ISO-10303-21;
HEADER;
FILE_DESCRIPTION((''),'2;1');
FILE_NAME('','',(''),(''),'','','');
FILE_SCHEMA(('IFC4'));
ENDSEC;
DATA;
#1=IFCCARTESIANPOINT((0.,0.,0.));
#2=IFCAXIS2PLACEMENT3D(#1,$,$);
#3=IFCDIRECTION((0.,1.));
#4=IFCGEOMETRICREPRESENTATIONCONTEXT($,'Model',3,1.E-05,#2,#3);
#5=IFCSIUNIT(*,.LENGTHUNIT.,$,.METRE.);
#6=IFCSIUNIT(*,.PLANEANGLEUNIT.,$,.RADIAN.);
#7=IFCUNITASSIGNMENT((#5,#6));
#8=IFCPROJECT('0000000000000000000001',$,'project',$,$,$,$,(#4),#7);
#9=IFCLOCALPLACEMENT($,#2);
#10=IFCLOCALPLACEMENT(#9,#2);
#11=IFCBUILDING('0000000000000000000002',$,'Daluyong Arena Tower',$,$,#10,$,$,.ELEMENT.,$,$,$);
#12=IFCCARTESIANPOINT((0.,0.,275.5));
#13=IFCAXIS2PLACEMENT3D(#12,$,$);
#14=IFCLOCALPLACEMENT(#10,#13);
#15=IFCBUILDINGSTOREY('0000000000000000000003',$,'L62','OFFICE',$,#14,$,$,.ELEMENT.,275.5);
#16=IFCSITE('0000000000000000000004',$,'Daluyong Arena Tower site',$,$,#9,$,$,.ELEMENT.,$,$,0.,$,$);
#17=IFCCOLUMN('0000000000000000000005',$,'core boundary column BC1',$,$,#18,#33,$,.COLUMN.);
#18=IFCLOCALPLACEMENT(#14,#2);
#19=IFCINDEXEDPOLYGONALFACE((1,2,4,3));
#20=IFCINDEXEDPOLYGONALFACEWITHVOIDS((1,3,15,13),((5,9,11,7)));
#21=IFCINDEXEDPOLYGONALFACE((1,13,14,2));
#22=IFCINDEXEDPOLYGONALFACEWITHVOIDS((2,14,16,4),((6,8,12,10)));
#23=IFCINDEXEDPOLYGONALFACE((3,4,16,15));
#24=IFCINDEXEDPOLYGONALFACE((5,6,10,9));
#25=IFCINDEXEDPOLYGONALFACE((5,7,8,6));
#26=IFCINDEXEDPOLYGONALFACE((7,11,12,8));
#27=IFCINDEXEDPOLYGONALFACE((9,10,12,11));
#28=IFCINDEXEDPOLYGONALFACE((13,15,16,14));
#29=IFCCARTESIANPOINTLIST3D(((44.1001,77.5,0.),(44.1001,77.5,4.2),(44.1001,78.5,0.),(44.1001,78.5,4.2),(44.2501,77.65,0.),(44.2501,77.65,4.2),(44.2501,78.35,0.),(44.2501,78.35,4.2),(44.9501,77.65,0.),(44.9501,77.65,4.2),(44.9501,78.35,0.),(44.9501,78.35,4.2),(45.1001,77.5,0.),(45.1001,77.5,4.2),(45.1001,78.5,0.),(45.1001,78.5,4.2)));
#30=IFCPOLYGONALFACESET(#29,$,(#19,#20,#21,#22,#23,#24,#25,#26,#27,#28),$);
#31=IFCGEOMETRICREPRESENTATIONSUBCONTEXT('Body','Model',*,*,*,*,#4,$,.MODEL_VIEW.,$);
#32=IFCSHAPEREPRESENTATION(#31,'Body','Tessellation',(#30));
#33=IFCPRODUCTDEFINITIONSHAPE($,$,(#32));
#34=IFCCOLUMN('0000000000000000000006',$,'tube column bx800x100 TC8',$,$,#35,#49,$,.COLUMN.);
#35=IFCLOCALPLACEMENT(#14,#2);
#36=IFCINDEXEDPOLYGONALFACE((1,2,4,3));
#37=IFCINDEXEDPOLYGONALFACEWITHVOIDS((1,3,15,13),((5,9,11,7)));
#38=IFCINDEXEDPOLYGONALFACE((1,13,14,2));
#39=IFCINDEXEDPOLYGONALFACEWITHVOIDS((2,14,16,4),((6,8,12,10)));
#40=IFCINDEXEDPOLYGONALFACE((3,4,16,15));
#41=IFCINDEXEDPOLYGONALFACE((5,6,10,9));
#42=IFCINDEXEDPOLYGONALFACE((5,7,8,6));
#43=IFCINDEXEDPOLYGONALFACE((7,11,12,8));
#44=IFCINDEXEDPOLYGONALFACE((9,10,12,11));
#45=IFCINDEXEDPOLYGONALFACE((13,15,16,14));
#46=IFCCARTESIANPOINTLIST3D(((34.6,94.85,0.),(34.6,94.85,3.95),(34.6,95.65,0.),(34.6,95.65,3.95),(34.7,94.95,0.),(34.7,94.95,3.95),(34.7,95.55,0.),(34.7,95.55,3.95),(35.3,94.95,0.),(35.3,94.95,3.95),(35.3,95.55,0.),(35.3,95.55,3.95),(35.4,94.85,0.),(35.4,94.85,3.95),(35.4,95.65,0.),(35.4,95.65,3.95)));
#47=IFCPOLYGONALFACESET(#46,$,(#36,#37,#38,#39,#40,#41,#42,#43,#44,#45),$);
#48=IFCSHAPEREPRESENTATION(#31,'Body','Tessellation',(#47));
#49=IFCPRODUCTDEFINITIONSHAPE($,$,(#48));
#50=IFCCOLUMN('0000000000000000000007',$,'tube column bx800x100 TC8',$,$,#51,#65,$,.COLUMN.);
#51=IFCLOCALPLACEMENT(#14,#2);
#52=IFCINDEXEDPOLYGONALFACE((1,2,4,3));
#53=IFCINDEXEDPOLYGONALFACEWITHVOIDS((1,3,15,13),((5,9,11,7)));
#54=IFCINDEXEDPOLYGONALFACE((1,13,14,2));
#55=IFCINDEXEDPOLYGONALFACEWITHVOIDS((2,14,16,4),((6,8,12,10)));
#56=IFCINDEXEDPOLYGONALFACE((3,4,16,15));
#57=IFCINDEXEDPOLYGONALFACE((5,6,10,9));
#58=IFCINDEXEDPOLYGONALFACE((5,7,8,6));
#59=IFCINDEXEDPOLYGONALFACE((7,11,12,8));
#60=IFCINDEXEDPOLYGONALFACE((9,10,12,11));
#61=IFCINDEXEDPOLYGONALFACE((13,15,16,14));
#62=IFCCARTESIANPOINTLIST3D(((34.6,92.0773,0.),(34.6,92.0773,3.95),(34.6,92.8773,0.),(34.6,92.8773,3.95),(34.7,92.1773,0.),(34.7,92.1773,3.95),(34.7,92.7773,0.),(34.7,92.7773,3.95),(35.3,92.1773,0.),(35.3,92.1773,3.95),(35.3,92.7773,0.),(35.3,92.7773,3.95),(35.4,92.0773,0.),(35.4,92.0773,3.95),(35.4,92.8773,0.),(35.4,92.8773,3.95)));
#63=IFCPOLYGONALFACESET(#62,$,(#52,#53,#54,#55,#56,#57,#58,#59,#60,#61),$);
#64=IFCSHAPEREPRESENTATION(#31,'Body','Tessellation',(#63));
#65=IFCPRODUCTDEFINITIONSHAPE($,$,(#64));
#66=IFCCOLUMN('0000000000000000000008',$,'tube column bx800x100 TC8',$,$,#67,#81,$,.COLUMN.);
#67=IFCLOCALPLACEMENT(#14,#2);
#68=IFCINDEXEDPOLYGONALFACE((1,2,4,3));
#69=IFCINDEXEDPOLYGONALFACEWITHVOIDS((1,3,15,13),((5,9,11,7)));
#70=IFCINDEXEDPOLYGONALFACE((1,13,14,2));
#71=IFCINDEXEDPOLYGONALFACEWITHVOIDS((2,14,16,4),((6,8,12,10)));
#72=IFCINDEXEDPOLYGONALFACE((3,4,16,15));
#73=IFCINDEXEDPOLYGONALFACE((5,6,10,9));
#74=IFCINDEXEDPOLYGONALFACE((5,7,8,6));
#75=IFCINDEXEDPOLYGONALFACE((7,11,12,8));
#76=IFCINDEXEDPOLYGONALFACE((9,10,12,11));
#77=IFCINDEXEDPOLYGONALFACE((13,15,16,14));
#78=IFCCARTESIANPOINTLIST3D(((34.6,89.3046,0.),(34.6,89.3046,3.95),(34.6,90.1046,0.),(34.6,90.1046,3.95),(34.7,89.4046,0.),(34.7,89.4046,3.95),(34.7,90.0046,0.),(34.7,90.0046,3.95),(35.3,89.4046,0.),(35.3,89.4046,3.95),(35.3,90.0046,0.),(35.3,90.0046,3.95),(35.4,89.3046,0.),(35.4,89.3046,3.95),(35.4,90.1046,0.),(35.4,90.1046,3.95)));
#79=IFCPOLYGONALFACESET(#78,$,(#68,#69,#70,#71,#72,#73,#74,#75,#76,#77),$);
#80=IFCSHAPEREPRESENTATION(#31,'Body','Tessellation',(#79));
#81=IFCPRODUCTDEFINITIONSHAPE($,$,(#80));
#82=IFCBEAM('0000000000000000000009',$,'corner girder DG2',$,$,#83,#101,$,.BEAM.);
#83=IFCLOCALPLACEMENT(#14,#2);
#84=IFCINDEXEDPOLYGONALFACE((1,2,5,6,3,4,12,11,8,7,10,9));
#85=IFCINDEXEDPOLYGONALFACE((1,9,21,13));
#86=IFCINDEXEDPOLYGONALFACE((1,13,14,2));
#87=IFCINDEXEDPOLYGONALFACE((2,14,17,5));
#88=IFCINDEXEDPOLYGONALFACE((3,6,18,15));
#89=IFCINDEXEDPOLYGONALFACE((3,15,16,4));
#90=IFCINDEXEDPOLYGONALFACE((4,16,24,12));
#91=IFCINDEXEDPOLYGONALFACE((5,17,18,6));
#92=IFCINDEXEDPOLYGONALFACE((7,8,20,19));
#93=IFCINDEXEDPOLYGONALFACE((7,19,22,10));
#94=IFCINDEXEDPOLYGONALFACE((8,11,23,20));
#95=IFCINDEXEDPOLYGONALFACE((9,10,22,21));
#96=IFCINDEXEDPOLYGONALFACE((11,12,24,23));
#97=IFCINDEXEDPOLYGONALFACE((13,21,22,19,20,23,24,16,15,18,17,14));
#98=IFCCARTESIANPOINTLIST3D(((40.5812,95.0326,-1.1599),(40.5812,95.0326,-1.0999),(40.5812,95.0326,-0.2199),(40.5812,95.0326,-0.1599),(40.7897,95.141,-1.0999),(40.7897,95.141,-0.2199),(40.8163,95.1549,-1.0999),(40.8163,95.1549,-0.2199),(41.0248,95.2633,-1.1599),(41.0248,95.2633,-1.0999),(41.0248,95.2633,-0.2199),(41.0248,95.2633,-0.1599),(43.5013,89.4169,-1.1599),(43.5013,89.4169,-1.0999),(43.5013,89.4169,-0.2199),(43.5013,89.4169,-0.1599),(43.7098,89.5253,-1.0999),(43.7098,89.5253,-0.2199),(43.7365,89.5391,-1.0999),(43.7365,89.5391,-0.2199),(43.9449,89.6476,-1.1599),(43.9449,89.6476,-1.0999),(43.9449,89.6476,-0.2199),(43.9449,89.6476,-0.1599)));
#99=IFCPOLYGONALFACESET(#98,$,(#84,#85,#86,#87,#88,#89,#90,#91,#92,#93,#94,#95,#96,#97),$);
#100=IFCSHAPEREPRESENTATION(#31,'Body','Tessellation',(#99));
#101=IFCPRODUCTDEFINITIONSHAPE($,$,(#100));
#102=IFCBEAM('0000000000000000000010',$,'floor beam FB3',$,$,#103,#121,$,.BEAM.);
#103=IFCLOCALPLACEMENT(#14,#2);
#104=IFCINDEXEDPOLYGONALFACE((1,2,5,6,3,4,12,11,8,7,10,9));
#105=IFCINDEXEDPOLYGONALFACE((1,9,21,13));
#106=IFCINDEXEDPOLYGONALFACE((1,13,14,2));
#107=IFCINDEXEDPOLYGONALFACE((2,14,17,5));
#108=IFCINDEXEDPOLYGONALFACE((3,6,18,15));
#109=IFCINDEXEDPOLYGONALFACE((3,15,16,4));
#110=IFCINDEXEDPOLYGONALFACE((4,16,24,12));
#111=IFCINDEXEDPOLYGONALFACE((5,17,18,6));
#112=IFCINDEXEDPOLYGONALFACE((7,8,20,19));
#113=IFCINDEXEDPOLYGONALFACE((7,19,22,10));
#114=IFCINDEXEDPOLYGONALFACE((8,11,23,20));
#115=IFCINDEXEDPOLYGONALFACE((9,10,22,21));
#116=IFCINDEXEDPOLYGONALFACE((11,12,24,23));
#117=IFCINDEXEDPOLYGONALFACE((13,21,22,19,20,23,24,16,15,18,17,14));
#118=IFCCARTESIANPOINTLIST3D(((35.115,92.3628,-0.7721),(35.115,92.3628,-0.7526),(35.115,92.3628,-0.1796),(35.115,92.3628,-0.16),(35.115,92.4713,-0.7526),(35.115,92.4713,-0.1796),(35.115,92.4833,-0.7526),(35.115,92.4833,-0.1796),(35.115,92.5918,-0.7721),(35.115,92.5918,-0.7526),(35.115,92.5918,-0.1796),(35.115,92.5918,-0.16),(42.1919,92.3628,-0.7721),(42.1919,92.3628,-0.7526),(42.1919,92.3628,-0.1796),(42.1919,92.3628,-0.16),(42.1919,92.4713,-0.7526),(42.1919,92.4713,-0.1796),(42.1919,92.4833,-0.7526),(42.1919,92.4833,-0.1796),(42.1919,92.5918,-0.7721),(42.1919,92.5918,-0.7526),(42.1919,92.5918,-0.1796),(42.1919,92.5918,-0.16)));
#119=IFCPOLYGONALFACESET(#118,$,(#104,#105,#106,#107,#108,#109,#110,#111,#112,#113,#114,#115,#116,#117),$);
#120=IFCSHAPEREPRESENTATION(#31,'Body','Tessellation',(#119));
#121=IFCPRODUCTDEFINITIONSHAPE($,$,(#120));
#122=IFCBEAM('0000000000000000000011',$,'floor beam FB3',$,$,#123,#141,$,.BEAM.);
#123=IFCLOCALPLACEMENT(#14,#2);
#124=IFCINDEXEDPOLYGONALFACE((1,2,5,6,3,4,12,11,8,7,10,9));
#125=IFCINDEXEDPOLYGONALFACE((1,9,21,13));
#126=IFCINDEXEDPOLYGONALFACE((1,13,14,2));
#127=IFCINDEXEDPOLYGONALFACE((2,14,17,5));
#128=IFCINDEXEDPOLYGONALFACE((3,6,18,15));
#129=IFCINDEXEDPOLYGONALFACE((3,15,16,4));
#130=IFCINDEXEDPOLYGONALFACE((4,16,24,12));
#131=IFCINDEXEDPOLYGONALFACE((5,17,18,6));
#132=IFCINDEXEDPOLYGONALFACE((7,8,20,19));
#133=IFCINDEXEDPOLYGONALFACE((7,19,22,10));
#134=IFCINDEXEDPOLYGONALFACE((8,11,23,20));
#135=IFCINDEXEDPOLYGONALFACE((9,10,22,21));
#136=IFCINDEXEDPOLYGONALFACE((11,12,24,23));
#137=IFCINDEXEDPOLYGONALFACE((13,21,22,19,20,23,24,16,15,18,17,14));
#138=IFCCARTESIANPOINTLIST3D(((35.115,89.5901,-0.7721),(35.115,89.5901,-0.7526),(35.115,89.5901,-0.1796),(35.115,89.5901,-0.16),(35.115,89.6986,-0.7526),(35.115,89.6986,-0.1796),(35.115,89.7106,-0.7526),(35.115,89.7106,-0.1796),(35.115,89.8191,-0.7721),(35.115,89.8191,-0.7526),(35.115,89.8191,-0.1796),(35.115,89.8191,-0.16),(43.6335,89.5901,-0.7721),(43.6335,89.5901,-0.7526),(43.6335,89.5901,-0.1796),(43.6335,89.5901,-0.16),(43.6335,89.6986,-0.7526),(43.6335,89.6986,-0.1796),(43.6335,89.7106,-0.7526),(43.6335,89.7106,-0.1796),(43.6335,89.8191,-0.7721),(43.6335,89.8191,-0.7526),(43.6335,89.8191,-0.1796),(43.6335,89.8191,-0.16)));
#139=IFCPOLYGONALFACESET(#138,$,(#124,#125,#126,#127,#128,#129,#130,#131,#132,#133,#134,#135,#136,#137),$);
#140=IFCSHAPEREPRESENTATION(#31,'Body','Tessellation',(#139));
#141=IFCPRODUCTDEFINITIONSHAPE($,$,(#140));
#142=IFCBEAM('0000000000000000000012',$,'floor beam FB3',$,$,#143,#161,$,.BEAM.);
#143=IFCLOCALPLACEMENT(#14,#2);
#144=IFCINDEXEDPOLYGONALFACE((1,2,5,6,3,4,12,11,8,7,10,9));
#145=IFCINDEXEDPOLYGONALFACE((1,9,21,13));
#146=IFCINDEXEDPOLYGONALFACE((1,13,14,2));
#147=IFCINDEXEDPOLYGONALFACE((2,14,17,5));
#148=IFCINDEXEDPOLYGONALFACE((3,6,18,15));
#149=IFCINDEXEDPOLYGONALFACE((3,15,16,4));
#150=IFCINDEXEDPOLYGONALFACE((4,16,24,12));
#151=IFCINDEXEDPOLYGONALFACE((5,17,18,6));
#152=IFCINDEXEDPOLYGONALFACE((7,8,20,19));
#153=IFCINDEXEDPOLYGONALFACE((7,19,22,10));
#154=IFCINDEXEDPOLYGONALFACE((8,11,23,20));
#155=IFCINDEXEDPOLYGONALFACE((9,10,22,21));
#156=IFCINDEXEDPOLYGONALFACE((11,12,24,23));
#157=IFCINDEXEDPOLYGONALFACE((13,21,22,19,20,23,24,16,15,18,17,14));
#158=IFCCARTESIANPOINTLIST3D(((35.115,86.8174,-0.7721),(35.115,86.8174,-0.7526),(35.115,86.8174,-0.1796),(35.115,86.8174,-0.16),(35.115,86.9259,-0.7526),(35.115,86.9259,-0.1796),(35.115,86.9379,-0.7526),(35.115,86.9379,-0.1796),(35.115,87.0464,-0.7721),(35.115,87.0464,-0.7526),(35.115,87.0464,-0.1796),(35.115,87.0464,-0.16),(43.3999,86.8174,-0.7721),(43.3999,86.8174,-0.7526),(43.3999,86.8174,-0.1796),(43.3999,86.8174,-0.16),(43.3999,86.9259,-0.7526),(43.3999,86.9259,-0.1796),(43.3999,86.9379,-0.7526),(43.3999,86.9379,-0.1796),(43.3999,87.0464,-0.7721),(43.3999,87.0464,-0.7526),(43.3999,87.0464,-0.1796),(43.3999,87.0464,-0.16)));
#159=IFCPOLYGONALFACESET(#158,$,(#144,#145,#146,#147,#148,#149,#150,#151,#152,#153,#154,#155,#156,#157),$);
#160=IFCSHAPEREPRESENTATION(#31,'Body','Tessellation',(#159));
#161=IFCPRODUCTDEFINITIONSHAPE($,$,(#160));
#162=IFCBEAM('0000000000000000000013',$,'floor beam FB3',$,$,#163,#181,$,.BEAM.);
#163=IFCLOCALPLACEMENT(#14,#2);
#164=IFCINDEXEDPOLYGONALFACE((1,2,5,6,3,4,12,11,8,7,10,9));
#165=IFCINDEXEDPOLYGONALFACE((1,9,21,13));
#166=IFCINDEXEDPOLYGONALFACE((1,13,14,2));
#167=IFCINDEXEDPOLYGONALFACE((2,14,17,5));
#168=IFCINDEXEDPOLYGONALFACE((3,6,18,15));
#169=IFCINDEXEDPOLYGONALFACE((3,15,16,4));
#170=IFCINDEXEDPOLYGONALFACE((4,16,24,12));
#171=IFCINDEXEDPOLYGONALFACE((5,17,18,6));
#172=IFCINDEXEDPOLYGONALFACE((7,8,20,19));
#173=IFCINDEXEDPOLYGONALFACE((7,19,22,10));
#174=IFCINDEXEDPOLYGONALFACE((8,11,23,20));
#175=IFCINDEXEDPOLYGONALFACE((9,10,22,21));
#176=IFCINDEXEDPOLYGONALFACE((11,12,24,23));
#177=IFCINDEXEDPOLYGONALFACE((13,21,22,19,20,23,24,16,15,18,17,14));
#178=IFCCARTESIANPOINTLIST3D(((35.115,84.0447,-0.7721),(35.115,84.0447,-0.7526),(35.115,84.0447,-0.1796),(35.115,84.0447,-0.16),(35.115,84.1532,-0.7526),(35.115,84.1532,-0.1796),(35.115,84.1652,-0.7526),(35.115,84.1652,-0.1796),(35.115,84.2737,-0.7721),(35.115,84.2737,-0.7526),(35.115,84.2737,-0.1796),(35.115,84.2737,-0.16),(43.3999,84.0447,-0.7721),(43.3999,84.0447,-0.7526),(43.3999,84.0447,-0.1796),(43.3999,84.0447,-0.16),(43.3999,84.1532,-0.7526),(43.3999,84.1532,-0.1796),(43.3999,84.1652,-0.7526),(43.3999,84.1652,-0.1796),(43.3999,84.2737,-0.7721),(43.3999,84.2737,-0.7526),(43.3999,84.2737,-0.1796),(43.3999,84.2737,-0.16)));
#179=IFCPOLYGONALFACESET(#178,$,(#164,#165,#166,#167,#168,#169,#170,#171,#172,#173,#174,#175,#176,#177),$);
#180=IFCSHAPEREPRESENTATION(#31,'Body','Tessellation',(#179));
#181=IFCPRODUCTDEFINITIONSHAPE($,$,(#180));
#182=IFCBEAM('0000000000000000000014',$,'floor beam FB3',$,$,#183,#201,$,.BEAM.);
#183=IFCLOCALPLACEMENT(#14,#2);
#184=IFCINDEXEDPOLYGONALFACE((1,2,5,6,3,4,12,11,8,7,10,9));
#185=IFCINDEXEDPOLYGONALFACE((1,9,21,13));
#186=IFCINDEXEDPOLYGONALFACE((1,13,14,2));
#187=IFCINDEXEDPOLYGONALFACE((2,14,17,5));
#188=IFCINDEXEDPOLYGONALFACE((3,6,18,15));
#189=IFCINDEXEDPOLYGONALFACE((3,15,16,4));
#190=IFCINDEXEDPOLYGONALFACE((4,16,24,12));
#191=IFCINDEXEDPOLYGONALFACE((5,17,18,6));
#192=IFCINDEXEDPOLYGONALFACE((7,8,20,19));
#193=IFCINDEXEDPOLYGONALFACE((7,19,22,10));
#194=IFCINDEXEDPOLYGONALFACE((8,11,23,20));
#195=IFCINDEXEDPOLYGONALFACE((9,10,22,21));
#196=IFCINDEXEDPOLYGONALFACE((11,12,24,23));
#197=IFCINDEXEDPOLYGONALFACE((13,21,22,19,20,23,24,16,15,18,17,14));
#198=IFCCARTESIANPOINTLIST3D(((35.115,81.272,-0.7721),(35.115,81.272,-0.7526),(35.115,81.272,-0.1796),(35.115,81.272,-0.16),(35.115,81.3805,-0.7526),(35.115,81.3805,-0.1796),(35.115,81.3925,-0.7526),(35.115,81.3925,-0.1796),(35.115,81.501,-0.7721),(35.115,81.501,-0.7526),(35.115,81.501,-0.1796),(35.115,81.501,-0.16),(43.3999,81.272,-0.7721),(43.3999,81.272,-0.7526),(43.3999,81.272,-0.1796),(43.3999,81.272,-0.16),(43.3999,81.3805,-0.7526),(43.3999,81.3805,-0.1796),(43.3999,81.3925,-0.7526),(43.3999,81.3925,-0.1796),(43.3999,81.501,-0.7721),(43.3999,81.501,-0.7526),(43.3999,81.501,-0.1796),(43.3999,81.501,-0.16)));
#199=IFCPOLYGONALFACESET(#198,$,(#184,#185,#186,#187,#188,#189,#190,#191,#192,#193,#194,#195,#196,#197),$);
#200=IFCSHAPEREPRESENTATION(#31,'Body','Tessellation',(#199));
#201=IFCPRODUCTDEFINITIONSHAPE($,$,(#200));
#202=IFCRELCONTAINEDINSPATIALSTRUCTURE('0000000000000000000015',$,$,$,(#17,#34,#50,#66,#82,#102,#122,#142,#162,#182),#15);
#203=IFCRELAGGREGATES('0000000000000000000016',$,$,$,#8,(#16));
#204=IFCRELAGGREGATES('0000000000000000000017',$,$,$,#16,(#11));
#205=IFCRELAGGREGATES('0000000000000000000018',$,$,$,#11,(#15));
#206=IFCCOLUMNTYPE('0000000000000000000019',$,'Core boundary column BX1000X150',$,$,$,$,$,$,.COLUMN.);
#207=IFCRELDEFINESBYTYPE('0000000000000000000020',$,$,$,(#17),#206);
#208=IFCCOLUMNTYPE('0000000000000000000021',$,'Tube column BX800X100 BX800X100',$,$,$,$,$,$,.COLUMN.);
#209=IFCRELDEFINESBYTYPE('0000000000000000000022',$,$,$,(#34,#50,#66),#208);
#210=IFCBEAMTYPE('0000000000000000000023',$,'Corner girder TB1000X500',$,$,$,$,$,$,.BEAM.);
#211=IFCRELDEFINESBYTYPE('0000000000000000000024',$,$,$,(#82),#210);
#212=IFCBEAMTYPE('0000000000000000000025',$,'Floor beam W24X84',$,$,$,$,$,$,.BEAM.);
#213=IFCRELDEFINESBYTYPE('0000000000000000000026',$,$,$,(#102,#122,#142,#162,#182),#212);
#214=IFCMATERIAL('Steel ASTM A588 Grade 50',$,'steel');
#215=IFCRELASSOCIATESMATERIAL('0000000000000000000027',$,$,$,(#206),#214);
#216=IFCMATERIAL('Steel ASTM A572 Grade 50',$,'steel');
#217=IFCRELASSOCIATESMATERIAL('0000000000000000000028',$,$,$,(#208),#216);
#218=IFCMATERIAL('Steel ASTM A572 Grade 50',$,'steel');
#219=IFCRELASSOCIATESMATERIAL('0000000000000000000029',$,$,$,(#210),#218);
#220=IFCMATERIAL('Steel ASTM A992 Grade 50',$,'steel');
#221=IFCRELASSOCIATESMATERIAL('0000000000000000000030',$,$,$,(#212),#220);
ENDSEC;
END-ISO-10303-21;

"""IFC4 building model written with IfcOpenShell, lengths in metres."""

from ifc_helpers import new_model, si_unit, direction, frame, origin, origin_2d, place, context, subcontext, project, spatial, hollow_rectangle, i_section, extrude, material, material_profile, profile_set, type_object, element, save


model = new_model("IFC4")

# Units and contexts
model_context = context("Model", 3, precision=1e-05, world=origin(), true_north=direction((0.0, 1.0)))
body_context = subcontext(model_context, "Body", "Model", "MODEL_VIEW")
ifc_project = project(units=[si_unit("LENGTHUNIT", "METRE"), si_unit("PLANEANGLEUNIT", "RADIAN")], contexts=[model_context])

# Site, building, storey
site_placement = place(None, origin())
site = spatial("IfcSite", under=ifc_project, at=site_placement, Name="Daluyong Arena Tower site", CompositionType="ELEMENT", RefElevation=0.0)
building_placement = place(site_placement, origin())
building = spatial("IfcBuilding", under=site, at=building_placement, Name="Daluyong Arena Tower", CompositionType="ELEMENT")
storey_placement = place(building_placement, frame((0.0, 0.0, 275.5)))
storey = spatial("IfcBuildingStorey", under=building, at=storey_placement, Name="L62", Description="OFFICE", CompositionType="ELEMENT", Elevation=275.5)

# Columns
ifc_material_1 = material(Name="Steel ASTM A588 Grade 50", Category="steel")
ifc_material_profile_1 = material_profile(ifc_material_1, hollow_rectangle(XDim=1.0, YDim=1.0, WallThickness=0.15, at=origin_2d()))
ifc_profile_set_1 = profile_set([ifc_material_profile_1], Name="Steel ASTM A588 Grade 50")
column_type_1 = type_object("IfcColumnType", Name="Core boundary column BX1000X150", PredefinedType="COLUMN", material=ifc_profile_set_1)
column_placement = place(storey_placement, frame((44.6001, 78.0, 0.0), z_axis=(0.0, 0.0, 1.0), x_axis=(1.0, 0.0, 0.0)))
element("IfcColumn", 1, at=column_placement, inside=storey, type_object=column_type_1, Name="core boundary column BC1", PredefinedType="COLUMN", context=body_context, shape_type="SweptSolid", body=[
    extrude(hollow_rectangle(XDim=1.0, YDim=1.0, WallThickness=0.15, at=origin_2d()), origin(), (0.0, 0.0, 1.0), 4.2),
])
ifc_material_2 = material(Name="Steel ASTM A572 Grade 50", Category="steel")
ifc_material_profile_2 = material_profile(ifc_material_2, hollow_rectangle(XDim=0.8, YDim=0.8, WallThickness=0.1, at=origin_2d()))
ifc_profile_set_2 = profile_set([ifc_material_profile_2], Name="Steel ASTM A572 Grade 50")
column_type_2 = type_object("IfcColumnType", Name="Tube column BX800X100 BX800X100", PredefinedType="COLUMN", material=ifc_profile_set_2)
for number, where, z_axis, x_axis, name in (
    (2, (35.0, 95.25, 0.0), (0.0, 0.0, 1.0), (0.0, 1.0, 0.0), "tube column bx800x100 TC8"),
    (3, (35.0, 92.4773, 0.0), (0.0, 0.0, 1.0), (0.0, 1.0, 0.0), "tube column bx800x100 TC8"),
    (4, (35.0, 89.7046, 0.0), (0.0, 0.0, 1.0), (0.0, 1.0, 0.0), "tube column bx800x100 TC8"),
):
    element("IfcColumn", number, at=place(storey_placement, frame(where, z_axis=z_axis, x_axis=x_axis)), inside=storey, type_object=column_type_2, Name=name, PredefinedType="COLUMN", context=body_context, shape_type="SweptSolid", body=[
        extrude(hollow_rectangle(XDim=0.8, YDim=0.8, WallThickness=0.1, at=origin_2d()), origin(), (0.0, 0.0, 1.0), 3.95),
    ])

# Beams
ifc_material_3 = material(Name="Steel ASTM A572 Grade 50", Category="steel")
ifc_material_profile_3 = material_profile(ifc_material_3, i_section(OverallWidth=0.5, OverallDepth=1.0, WebThickness=0.03, FlangeThickness=0.06, at=origin_2d()))
ifc_profile_set_3 = profile_set([ifc_material_profile_3], Name="Steel ASTM A572 Grade 50")
beam_type_1 = type_object("IfcBeamType", Name="Corner girder TB1000X500", PredefinedType="BEAM", material=ifc_profile_set_3)
beam_1_placement = place(storey_placement, frame((40.803, 95.1479, -0.6599), z_axis=(0.461352, -0.887217, 0.0), x_axis=(0.887217, 0.461352, 0.0)))
element("IfcBeam", 5, at=beam_1_placement, inside=storey, type_object=beam_type_1, Name="corner girder DG2", PredefinedType="BEAM", context=body_context, shape_type="SweptSolid", body=[
    extrude(i_section(OverallWidth=0.5, OverallDepth=1.0, WebThickness=0.03, FlangeThickness=0.06, at=origin_2d()), origin(), (0.0, 0.0, 1.0), 6.3296),
])
ifc_material_4 = material(Name="Steel ASTM A992 Grade 50", Category="steel")
ifc_material_profile_4 = material_profile(ifc_material_4, i_section(OverallWidth=0.229, OverallDepth=0.6121, WebThickness=0.012, FlangeThickness=0.0195, at=origin_2d()))
ifc_profile_set_4 = profile_set([ifc_material_profile_4], Name="Steel ASTM A992 Grade 50")
beam_type_2 = type_object("IfcBeamType", Name="Floor beam W24X84", PredefinedType="BEAM", material=ifc_profile_set_4)
beam_2_placement = place(storey_placement, frame((35.115, 92.4773, -0.4661), z_axis=(1.0, 0.0, 0.0), x_axis=(0.0, 1.0, 0.0)))
element("IfcBeam", 6, at=beam_2_placement, inside=storey, type_object=beam_type_2, Name="floor beam FB3", PredefinedType="BEAM", context=body_context, shape_type="SweptSolid", body=[
    extrude(i_section(OverallWidth=0.229, OverallDepth=0.6121, WebThickness=0.012, FlangeThickness=0.0195, at=origin_2d()), origin(), (0.0, 0.0, 1.0), 7.0769),
])
beam_3_placement = place(storey_placement, frame((35.115, 89.7046, -0.4661), z_axis=(1.0, 0.0, 0.0), x_axis=(0.0, 1.0, 0.0)))
element("IfcBeam", 7, at=beam_3_placement, inside=storey, type_object=beam_type_2, Name="floor beam FB3", PredefinedType="BEAM", context=body_context, shape_type="SweptSolid", body=[
    extrude(i_section(OverallWidth=0.229, OverallDepth=0.6121, WebThickness=0.012, FlangeThickness=0.0195, at=origin_2d()), origin(), (0.0, 0.0, 1.0), 8.5186),
])
for number, where, z_axis, x_axis, name in (
    (8, (35.115, 86.9319, -0.4661), (1.0, 0.0, 0.0), (0.0, 1.0, 0.0), "floor beam FB3"),
    (9, (35.115, 84.1592, -0.4661), (1.0, 0.0, 0.0), (0.0, 1.0, 0.0), "floor beam FB3"),
    (10, (35.115, 81.3865, -0.4661), (1.0, 0.0, 0.0), (0.0, 1.0, 0.0), "floor beam FB3"),
):
    element("IfcBeam", number, at=place(storey_placement, frame(where, z_axis=z_axis, x_axis=x_axis)), inside=storey, type_object=beam_type_2, Name=name, PredefinedType="BEAM", context=body_context, shape_type="SweptSolid", body=[
        extrude(i_section(OverallWidth=0.229, OverallDepth=0.6121, WebThickness=0.012, FlangeThickness=0.0195, at=origin_2d()), origin(), (0.0, 0.0, 1.0), 8.2849),
    ])

save(model, "model.ifc")
